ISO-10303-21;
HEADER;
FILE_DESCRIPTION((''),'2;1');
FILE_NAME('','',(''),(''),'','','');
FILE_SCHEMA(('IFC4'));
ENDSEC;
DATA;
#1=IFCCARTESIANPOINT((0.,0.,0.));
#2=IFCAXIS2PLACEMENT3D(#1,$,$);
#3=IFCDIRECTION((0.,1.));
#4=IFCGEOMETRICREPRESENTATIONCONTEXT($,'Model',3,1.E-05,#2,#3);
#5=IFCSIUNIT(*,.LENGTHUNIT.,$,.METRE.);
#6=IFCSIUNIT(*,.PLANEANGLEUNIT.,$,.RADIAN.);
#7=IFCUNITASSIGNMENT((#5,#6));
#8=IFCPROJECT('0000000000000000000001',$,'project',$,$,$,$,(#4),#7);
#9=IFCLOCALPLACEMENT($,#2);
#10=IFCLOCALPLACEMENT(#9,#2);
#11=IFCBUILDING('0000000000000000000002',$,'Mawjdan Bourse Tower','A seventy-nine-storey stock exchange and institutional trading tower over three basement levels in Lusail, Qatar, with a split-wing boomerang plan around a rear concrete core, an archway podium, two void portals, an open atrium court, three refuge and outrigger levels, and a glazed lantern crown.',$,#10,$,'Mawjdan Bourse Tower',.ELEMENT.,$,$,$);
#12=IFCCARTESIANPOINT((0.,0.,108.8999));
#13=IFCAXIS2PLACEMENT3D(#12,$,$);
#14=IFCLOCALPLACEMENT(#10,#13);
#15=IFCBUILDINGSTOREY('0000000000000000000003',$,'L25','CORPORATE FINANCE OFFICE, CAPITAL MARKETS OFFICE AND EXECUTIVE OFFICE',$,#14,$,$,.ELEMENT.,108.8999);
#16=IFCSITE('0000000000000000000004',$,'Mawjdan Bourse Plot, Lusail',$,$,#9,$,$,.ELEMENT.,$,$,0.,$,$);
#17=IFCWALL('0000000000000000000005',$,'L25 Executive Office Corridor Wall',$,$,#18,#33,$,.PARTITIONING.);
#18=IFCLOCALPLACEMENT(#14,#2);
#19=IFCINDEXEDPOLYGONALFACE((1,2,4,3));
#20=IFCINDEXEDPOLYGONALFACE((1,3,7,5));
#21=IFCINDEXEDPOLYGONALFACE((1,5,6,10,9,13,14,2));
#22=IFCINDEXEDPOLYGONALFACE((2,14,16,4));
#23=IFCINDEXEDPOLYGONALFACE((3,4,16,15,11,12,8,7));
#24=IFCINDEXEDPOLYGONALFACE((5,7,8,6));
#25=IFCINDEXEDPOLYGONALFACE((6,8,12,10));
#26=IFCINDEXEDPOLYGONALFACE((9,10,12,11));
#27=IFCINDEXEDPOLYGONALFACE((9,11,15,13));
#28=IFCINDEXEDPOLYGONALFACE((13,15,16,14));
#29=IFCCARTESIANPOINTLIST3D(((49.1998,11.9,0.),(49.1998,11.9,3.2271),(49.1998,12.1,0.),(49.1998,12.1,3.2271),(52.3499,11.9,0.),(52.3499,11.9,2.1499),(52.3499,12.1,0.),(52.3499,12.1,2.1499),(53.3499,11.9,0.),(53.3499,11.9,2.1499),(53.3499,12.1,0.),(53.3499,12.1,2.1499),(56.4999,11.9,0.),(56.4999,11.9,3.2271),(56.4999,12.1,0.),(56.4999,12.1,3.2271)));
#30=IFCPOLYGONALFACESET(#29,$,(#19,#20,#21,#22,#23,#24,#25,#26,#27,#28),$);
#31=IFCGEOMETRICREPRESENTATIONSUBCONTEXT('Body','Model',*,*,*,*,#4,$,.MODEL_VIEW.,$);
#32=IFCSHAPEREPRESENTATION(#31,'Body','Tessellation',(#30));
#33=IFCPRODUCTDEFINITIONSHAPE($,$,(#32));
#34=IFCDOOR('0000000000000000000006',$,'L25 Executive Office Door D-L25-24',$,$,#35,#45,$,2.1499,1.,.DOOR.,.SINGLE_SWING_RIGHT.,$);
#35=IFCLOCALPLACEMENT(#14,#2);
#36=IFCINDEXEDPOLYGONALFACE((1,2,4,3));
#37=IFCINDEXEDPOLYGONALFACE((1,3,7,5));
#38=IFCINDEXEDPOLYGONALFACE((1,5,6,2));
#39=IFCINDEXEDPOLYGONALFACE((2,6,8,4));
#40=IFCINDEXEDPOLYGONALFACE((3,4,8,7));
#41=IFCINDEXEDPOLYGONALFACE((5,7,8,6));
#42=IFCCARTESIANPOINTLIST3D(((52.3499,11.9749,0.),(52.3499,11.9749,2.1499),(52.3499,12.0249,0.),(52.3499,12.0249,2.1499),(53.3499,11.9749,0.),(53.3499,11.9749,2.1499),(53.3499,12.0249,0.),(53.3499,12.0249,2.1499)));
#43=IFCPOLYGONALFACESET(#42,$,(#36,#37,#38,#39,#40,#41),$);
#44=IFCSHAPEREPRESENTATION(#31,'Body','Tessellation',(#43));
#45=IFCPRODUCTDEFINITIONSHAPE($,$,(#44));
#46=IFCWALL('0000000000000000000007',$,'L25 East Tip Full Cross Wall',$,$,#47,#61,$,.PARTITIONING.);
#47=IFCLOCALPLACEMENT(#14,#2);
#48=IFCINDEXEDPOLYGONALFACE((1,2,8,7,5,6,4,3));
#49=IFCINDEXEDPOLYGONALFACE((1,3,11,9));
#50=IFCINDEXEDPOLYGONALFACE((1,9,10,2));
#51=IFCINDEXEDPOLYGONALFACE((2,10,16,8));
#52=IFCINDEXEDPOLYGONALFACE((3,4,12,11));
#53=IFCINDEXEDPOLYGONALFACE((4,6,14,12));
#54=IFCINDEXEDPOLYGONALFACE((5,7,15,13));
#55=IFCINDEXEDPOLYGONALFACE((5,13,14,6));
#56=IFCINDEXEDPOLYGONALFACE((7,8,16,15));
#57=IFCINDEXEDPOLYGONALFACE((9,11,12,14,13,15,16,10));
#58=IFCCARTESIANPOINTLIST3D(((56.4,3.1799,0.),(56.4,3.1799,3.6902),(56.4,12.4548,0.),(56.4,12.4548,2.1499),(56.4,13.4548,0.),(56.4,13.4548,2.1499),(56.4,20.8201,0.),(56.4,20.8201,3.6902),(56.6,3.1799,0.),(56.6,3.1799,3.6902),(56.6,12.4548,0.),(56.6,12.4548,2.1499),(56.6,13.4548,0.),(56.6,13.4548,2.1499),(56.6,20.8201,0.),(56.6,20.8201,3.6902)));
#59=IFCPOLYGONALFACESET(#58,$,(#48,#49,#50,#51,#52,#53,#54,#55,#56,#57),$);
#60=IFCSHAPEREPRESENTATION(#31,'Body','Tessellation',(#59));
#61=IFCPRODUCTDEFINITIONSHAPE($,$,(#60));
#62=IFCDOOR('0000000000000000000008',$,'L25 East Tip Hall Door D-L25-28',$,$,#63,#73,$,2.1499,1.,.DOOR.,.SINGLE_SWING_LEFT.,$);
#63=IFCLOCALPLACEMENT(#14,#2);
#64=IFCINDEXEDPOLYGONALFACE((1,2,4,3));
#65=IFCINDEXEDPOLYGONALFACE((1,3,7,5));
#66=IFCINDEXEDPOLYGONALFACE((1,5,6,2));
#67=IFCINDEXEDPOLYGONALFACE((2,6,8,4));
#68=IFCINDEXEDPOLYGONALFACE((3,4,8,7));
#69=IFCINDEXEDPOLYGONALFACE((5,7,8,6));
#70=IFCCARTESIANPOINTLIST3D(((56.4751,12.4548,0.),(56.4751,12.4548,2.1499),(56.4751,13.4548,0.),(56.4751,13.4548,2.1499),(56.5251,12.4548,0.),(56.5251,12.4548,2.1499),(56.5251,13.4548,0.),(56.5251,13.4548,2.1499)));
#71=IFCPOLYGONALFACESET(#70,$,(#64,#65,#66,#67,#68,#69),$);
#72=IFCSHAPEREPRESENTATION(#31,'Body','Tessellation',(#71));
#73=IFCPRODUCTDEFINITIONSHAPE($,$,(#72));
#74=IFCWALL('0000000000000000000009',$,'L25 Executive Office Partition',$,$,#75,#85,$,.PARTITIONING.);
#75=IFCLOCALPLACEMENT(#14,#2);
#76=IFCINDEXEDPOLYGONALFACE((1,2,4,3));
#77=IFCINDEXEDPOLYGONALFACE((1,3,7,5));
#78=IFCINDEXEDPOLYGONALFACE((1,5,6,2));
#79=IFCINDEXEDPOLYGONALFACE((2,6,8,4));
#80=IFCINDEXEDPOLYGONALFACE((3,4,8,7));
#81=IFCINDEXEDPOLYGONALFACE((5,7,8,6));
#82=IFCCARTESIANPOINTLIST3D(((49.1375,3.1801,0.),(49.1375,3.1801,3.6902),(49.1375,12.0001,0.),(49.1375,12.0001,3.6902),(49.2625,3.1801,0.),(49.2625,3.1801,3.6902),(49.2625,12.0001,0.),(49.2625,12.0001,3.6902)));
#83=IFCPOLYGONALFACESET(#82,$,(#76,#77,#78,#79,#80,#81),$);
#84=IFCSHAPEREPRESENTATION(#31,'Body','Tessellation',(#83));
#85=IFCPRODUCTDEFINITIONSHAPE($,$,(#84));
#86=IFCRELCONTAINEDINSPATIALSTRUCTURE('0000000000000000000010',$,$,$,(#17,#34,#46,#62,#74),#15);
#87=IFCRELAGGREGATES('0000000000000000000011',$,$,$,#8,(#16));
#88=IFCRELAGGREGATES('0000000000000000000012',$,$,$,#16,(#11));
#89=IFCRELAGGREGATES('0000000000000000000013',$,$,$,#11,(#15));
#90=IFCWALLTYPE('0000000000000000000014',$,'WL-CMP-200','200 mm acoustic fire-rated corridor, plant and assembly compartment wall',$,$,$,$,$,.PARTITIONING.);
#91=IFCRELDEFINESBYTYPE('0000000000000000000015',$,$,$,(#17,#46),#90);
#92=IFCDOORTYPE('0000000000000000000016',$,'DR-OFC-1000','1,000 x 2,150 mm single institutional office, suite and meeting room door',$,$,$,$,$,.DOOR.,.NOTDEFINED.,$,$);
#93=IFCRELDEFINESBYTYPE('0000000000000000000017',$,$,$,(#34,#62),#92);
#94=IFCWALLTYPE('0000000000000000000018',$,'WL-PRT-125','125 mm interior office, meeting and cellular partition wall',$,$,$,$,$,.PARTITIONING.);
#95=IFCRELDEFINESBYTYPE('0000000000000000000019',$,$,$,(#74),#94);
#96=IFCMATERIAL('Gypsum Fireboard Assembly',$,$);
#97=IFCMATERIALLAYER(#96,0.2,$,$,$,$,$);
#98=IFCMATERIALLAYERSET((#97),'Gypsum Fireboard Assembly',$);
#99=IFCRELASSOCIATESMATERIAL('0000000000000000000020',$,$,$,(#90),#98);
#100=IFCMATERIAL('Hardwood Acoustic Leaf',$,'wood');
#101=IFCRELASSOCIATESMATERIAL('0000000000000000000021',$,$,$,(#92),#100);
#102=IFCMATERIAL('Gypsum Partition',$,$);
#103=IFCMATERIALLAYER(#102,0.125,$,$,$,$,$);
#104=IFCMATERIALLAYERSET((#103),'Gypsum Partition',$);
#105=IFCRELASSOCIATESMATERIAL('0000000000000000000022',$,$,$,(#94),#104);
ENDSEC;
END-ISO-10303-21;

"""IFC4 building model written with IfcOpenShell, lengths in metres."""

from ifc_helpers import new_model, si_unit, direction, frame, frame_2d, origin, place, context, subcontext, project, spatial, rectangle, extrude, material, layer, layer_set, type_object, element, fill, save


model = new_model("IFC4")

# Units and contexts
model_context = context("Model", 3, precision=1e-05, world=origin(), true_north=direction((0.0, 1.0)))
body_context = subcontext(model_context, "Body", "Model", "MODEL_VIEW")
ifc_project = project(units=[si_unit("LENGTHUNIT", "METRE"), si_unit("PLANEANGLEUNIT", "RADIAN")], contexts=[model_context])

# Site, building, storey
site_placement = place(None, origin())
site = spatial("IfcSite", under=ifc_project, at=site_placement, Name="Mawjdan Bourse Plot, Lusail", CompositionType="ELEMENT", RefElevation=0.0)
building_placement = place(site_placement, origin())
building = spatial("IfcBuilding", under=site, at=building_placement, Name="Mawjdan Bourse Tower", Description="A seventy-nine-storey stock exchange and institutional trading tower over three basement levels in Lusail, Qatar, with a split-wing boomerang plan around a rear concrete core, an archway podium, two void portals, an open atrium court, three refuge and outrigger levels, and a glazed lantern crown.", LongName="Mawjdan Bourse Tower", CompositionType="ELEMENT")
storey_placement = place(building_placement, frame((0.0, 0.0, 108.8999)))
storey = spatial("IfcBuildingStorey", under=building, at=storey_placement, Name="L25", Description="CORPORATE FINANCE OFFICE, CAPITAL MARKETS OFFICE AND EXECUTIVE OFFICE", CompositionType="ELEMENT", Elevation=108.8999)

# Walls, openings, doors
ifc_material_1 = material(Name="Gypsum Fireboard Assembly")
ifc_layer_1 = layer(ifc_material_1, 0.2)
ifc_layer_set_1 = layer_set([ifc_layer_1], Name="Gypsum Fireboard Assembly")
wall_type_1 = type_object("IfcWallType", Name="WL-CMP-200", Description="200 mm acoustic fire-rated corridor, plant and assembly compartment wall", PredefinedType="PARTITIONING", material=ifc_layer_set_1)
wall_1_placement = place(storey_placement, frame((49.2, 12.0, 0.0), z_axis=(0.0, 0.0, 1.0), x_axis=(1.0, 0.0, 0.0)))
wall_1 = element("IfcWall", 1, at=wall_1_placement, inside=storey, type_object=wall_type_1, Name="L25 Executive Office Corridor Wall", PredefinedType="PARTITIONING", context=body_context, shape_type="SweptSolid", body=[
    extrude(rectangle(XDim=7.3, YDim=0.2, at=frame_2d((3.6499, 0.0))), origin(), (0.0, 0.0, 1.0), 3.2271),
])
opening_1_placement = place(wall_1_placement, frame((3.1499, 0.0, 0.0)))
opening_1 = element("IfcOpeningElement", 2, at=opening_1_placement, cuts=wall_1, PredefinedType="OPENING", context=body_context, shape_type="SweptSolid", body=[
    extrude(rectangle(XDim=1.0, YDim=2.1499, at=frame_2d((0.5, 1.075))), frame((0.0, 0.1099, 0.0), z_axis=(0.0, -1.0, 0.0), x_axis=(1.0, 0.0, 0.0)), (0.0, 0.0, 1.0), 0.22),
])
ifc_material_2 = material(Name="Hardwood Acoustic Leaf", Category="wood")
door_type = type_object("IfcDoorType", Name="DR-OFC-1000", Description="1,000 x 2,150 mm single institutional office, suite and meeting room door", OperationType="NOTDEFINED", PredefinedType="DOOR", material=ifc_material_2)
door_1_placement = place(opening_1_placement, origin())
door_1 = element("IfcDoor", 3, at=door_1_placement, inside=storey, type_object=door_type, Name="L25 Executive Office Door D-L25-24", OperationType="SINGLE_SWING_RIGHT", OverallHeight=2.1499, OverallWidth=1.0, PredefinedType="DOOR", context=body_context, shape_type="SweptSolid", body=[
    extrude(rectangle(XDim=1.0, YDim=2.1499, at=frame_2d((0.5, 1.075))), frame((0.0, 0.0249, 0.0), z_axis=(0.0, -1.0, 0.0), x_axis=(1.0, 0.0, 0.0)), (0.0, 0.0, 1.0), 0.05),
])
fill(opening_1, door_1)
wall_2_placement = place(storey_placement, frame((56.5, 3.1799, 0.0), z_axis=(0.0, 0.0, 1.0), x_axis=(0.0, 1.0, 0.0)))
wall_2 = element("IfcWall", 4, at=wall_2_placement, inside=storey, type_object=wall_type_1, Name="L25 East Tip Full Cross Wall", PredefinedType="PARTITIONING", context=body_context, shape_type="SweptSolid", body=[
    extrude(rectangle(XDim=17.6401, YDim=0.2, at=frame_2d((8.8201, 0.0))), origin(), (0.0, 0.0, 1.0), 3.6902),
])
opening_2_placement = place(wall_2_placement, frame((9.2749, 0.0, 0.0)))
opening_2 = element("IfcOpeningElement", 5, at=opening_2_placement, cuts=wall_2, PredefinedType="OPENING", context=body_context, shape_type="SweptSolid", body=[
    extrude(rectangle(XDim=1.0, YDim=2.1499, at=frame_2d((0.5, 1.075))), frame((0.0, 0.1099, 0.0), z_axis=(0.0, -1.0, 0.0), x_axis=(1.0, 0.0, 0.0)), (0.0, 0.0, 1.0), 0.22),
])
door_2_placement = place(opening_2_placement, origin())
door_2 = element("IfcDoor", 6, at=door_2_placement, inside=storey, type_object=door_type, Name="L25 East Tip Hall Door D-L25-28", OperationType="SINGLE_SWING_LEFT", OverallHeight=2.1499, OverallWidth=1.0, PredefinedType="DOOR", context=body_context, shape_type="SweptSolid", body=[
    extrude(rectangle(XDim=1.0, YDim=2.1499, at=frame_2d((0.5, 1.075))), frame((0.0, 0.0249, 0.0), z_axis=(0.0, -1.0, 0.0), x_axis=(1.0, 0.0, 0.0)), (0.0, 0.0, 1.0), 0.05),
])
fill(opening_2, door_2)

# Wall
ifc_material_3 = material(Name="Gypsum Partition")
ifc_layer_2 = layer(ifc_material_3, 0.125)
ifc_layer_set_2 = layer_set([ifc_layer_2], Name="Gypsum Partition")
wall_type_2 = type_object("IfcWallType", Name="WL-PRT-125", Description="125 mm interior office, meeting and cellular partition wall", PredefinedType="PARTITIONING", material=ifc_layer_set_2)
wall_3_placement = place(storey_placement, frame((49.2, 3.1799, 0.0), z_axis=(0.0, 0.0, 1.0), x_axis=(0.0, 1.0, 0.0)))
element("IfcWall", 7, at=wall_3_placement, inside=storey, type_object=wall_type_2, Name="L25 Executive Office Partition", PredefinedType="PARTITIONING", context=body_context, shape_type="SweptSolid", body=[
    extrude(rectangle(XDim=8.8201, YDim=0.125, at=frame_2d((4.4102, 0.0))), origin(), (0.0, 0.0, 1.0), 3.6902),
])

save(model, "model.ifc")
